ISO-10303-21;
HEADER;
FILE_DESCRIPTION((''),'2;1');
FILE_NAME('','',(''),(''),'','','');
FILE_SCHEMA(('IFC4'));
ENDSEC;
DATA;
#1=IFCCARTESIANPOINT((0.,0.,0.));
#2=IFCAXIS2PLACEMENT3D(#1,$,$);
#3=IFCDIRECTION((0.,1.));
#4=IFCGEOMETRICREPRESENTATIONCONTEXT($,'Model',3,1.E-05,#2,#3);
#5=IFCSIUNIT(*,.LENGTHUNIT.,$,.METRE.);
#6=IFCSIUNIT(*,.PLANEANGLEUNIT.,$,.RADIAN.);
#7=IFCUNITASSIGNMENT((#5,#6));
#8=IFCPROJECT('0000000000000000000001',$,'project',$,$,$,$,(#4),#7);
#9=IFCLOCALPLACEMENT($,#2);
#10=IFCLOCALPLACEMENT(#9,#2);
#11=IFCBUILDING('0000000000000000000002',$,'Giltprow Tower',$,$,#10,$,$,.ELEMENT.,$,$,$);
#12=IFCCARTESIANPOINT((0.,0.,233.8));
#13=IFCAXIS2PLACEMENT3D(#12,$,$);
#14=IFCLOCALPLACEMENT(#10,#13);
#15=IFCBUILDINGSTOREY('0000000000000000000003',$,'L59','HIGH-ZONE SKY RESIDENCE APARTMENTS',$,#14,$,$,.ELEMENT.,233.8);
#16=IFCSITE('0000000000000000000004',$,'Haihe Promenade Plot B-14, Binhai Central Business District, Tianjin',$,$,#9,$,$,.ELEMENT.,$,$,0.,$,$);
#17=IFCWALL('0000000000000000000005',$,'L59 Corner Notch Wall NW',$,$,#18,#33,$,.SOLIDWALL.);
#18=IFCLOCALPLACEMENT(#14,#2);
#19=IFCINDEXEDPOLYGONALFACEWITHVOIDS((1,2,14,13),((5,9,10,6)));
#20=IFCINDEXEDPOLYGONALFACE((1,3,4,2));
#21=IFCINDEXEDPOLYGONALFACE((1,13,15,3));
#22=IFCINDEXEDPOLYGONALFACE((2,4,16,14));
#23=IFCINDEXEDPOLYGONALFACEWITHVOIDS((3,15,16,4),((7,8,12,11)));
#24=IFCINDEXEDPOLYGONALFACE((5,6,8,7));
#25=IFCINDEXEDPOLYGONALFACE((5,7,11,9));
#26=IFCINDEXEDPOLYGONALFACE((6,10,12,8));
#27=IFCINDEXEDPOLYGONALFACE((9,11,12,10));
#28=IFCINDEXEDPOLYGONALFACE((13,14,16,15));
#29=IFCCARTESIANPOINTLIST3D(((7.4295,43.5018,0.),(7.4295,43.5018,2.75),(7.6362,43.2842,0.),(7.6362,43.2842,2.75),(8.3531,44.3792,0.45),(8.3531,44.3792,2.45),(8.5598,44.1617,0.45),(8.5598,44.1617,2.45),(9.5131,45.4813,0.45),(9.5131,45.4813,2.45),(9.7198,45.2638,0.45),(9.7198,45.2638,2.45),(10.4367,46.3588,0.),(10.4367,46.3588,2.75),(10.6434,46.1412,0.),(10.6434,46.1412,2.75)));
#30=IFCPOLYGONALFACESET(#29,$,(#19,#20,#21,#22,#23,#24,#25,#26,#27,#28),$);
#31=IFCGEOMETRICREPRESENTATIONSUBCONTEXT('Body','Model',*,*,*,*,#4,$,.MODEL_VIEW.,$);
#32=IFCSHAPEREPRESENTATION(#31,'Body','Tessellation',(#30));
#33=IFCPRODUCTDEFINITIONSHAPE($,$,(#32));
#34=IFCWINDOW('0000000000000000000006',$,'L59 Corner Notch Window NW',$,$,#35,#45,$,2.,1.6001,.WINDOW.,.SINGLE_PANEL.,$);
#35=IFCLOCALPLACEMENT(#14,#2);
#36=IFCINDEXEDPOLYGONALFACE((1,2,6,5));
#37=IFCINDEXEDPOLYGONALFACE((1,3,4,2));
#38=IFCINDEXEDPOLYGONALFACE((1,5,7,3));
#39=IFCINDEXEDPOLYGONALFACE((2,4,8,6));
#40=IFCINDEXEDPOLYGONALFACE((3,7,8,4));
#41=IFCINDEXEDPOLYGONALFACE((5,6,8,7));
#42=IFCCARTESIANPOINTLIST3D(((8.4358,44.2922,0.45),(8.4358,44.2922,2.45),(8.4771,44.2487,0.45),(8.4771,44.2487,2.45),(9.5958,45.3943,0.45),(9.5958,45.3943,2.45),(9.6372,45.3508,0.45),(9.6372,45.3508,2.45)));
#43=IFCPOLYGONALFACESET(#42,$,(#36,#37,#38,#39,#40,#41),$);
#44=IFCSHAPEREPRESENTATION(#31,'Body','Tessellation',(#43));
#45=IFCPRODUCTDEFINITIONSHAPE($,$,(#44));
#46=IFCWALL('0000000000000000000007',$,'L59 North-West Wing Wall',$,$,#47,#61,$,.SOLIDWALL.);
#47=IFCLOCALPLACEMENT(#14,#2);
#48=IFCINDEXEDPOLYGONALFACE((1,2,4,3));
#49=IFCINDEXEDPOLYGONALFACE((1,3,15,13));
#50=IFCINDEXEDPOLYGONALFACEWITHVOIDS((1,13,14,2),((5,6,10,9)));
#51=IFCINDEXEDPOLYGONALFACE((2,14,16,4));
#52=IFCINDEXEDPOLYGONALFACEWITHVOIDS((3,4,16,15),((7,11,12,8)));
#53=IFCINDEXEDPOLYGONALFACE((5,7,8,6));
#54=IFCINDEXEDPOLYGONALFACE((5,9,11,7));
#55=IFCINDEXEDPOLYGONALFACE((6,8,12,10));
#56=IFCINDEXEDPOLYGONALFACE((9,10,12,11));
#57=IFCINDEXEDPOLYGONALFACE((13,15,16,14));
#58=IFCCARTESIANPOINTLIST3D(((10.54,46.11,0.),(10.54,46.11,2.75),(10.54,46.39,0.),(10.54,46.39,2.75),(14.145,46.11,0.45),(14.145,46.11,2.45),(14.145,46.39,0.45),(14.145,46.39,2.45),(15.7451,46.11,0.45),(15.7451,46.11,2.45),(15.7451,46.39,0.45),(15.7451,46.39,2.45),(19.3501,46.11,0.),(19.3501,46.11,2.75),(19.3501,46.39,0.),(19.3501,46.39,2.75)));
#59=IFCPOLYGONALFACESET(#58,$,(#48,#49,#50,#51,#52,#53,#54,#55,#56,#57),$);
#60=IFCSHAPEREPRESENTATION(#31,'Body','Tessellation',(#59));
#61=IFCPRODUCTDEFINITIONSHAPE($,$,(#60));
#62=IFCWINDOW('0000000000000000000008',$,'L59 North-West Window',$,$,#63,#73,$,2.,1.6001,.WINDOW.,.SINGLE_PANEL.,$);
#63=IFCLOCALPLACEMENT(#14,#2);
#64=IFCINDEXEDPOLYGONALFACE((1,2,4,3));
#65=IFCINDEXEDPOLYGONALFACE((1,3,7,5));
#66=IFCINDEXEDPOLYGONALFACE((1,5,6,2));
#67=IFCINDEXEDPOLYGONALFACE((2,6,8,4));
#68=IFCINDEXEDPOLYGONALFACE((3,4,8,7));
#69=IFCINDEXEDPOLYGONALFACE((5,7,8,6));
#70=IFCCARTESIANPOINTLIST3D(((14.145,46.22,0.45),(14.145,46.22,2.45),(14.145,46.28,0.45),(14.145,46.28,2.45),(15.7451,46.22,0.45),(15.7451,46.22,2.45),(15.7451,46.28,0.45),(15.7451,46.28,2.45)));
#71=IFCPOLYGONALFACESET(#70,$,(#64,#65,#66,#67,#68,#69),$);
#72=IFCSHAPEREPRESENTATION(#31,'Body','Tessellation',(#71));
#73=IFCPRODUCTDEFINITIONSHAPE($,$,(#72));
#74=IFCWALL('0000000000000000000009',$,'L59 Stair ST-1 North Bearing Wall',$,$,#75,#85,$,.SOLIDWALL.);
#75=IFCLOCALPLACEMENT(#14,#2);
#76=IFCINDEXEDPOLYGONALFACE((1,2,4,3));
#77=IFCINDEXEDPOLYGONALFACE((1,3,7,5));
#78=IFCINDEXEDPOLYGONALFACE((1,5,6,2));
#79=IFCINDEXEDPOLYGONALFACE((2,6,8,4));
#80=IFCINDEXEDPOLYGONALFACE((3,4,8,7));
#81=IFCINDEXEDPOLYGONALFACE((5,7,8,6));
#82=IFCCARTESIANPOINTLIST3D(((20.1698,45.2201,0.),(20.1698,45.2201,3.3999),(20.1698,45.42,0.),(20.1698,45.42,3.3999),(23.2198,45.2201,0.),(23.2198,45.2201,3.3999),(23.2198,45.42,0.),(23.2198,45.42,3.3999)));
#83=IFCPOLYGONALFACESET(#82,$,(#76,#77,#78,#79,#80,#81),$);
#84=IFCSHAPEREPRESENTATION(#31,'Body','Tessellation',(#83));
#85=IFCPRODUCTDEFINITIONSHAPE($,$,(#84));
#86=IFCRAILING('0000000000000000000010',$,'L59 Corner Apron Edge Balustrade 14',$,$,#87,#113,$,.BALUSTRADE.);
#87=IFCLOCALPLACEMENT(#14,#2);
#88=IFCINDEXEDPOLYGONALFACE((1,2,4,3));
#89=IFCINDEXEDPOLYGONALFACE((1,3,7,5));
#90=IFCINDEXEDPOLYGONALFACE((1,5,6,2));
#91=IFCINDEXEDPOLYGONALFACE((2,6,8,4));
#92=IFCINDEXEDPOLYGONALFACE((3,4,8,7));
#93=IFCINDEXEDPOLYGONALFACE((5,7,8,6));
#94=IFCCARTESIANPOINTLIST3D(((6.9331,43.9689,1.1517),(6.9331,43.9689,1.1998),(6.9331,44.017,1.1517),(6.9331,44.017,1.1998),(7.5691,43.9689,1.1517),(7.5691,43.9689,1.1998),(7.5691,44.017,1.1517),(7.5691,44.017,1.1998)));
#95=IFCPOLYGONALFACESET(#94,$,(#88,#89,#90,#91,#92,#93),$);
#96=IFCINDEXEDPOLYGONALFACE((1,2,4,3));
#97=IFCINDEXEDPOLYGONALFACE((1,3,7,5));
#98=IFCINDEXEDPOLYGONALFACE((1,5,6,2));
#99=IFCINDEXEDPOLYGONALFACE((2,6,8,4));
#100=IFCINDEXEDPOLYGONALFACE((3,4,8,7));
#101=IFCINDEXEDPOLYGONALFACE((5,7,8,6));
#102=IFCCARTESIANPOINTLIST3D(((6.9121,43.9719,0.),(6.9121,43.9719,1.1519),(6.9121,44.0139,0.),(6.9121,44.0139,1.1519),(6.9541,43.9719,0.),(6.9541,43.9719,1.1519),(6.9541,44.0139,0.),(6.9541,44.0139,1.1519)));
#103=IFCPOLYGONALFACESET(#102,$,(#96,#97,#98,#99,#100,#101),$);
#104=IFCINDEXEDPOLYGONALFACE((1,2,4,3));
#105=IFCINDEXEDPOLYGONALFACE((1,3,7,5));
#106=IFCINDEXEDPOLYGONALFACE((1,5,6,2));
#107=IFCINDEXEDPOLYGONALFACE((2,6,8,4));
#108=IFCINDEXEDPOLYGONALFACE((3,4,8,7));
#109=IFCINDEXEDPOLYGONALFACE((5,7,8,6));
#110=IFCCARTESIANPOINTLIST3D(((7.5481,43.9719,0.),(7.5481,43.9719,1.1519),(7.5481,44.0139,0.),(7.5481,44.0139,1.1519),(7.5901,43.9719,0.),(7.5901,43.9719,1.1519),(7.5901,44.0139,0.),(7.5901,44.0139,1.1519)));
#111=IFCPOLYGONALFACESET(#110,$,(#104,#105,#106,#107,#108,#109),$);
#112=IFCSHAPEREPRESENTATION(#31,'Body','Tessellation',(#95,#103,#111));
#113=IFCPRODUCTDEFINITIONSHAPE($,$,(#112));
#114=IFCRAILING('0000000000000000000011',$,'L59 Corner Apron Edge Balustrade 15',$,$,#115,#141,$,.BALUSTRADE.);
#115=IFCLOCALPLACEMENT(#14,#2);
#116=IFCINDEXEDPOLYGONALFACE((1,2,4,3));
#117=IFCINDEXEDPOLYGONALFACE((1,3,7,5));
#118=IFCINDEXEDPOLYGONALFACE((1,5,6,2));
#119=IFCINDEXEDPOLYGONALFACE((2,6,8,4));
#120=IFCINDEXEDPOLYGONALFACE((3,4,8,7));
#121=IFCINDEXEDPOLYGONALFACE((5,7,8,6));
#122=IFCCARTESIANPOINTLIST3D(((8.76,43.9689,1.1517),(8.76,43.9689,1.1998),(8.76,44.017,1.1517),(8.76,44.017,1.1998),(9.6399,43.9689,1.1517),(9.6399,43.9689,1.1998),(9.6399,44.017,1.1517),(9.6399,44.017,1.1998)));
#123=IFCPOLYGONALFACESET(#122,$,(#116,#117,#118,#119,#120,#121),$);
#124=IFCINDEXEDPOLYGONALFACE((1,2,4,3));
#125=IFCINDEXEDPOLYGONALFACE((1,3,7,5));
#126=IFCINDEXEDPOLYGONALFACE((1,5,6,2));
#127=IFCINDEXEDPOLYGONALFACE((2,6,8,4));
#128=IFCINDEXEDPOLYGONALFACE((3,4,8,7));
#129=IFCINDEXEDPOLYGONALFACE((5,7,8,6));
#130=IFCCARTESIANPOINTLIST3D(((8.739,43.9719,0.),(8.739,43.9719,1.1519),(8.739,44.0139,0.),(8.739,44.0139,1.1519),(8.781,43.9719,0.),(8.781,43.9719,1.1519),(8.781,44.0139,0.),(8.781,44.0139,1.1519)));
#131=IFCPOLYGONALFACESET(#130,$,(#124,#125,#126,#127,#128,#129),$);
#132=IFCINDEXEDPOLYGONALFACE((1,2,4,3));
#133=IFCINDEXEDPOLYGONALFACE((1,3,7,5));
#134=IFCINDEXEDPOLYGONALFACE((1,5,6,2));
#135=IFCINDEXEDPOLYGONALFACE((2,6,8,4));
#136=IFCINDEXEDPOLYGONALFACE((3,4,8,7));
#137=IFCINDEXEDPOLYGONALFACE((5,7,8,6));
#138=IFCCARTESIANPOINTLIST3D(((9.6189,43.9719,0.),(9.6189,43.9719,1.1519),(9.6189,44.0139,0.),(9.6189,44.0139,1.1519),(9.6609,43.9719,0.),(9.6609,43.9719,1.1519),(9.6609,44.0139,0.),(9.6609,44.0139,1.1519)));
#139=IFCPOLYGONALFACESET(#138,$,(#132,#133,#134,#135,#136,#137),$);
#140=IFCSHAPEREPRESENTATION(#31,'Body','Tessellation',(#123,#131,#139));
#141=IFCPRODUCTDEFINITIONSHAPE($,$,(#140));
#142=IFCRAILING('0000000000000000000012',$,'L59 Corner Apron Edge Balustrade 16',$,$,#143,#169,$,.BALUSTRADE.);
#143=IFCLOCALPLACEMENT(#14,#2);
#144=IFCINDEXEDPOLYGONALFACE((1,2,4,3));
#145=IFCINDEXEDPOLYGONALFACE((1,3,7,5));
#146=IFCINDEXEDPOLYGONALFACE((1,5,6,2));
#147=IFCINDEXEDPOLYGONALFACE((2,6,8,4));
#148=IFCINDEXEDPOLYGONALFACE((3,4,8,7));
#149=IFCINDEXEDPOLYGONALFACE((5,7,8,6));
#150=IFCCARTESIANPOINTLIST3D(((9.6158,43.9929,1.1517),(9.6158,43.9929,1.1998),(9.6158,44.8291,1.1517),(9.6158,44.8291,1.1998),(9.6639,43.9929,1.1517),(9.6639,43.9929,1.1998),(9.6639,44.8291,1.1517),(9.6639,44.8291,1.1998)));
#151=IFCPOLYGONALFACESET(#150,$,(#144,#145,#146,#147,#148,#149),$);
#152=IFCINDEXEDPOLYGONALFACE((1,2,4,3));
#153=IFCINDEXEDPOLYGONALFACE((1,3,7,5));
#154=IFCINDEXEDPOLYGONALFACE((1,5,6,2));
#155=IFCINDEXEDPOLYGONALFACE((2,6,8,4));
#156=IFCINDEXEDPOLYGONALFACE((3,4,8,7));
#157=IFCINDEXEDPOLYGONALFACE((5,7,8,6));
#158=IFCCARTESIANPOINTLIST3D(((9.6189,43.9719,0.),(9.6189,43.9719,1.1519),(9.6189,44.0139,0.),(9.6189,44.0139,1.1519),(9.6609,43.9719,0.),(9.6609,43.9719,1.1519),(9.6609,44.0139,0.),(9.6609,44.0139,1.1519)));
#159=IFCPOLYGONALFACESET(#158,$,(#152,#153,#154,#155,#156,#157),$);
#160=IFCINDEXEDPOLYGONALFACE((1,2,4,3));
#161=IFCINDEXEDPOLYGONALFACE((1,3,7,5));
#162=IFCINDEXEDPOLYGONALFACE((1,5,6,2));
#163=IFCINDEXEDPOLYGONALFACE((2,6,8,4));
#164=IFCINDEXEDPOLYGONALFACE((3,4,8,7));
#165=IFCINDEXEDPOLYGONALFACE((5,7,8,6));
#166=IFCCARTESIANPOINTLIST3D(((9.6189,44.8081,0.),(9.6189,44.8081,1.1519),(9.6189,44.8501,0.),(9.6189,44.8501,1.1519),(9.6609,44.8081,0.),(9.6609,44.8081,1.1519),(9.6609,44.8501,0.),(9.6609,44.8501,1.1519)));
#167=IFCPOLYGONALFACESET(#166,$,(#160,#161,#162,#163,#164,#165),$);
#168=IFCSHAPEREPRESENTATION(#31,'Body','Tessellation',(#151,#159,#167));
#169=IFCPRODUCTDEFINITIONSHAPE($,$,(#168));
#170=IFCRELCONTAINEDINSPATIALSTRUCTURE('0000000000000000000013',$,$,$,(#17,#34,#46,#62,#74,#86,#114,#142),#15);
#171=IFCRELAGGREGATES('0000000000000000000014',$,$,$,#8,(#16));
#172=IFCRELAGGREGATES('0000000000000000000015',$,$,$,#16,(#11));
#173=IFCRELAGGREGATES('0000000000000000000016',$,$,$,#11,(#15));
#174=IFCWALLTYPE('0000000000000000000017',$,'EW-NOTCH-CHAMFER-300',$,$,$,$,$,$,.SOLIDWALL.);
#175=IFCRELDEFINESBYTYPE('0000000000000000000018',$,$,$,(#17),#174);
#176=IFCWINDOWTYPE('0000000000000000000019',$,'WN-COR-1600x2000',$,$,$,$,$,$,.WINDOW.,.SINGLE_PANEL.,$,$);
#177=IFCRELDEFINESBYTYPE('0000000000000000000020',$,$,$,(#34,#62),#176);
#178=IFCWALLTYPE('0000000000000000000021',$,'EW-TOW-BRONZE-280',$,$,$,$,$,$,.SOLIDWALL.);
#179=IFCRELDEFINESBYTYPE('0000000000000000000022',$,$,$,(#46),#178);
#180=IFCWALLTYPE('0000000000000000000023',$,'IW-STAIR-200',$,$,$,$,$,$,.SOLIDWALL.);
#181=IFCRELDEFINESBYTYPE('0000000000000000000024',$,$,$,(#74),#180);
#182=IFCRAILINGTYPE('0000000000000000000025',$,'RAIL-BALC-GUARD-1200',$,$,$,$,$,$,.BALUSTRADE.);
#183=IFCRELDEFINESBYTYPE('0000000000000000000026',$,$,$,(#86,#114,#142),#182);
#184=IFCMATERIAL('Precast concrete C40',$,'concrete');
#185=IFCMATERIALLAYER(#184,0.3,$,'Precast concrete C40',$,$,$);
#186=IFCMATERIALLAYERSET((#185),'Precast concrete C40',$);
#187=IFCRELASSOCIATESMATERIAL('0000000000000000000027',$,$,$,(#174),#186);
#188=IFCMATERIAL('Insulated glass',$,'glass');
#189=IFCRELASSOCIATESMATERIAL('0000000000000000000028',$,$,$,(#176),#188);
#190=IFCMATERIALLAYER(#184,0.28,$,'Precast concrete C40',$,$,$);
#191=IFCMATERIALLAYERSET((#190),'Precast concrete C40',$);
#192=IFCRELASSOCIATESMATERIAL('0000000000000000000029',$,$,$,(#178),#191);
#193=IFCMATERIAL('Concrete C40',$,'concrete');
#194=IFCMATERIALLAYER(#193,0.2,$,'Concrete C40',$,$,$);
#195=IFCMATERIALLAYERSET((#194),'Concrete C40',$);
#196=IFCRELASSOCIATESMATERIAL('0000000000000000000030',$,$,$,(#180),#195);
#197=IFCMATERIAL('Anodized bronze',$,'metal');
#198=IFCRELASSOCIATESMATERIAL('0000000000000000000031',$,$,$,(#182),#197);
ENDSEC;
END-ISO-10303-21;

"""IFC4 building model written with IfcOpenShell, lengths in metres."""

from ifc_helpers import new_model, si_unit, direction, frame, frame_2d, origin, origin_2d, place, context, subcontext, project, spatial, rectangle, extrude, source, transform, mapped, material, layer, layer_set, type_object, element, fill, save


model = new_model("IFC4")

# Units and contexts
model_context = context("Model", 3, precision=1e-05, world=origin(), true_north=direction((0.0, 1.0)))
body_context = subcontext(model_context, "Body", "Model", "MODEL_VIEW")
ifc_project = project(units=[si_unit("LENGTHUNIT", "METRE"), si_unit("PLANEANGLEUNIT", "RADIAN")], contexts=[model_context])

# Site, building, storey
site_placement = place(None, origin())
site = spatial("IfcSite", under=ifc_project, at=site_placement, Name="Haihe Promenade Plot B-14, Binhai Central Business District, Tianjin", CompositionType="ELEMENT", RefElevation=0.0)
building_placement = place(site_placement, origin())
building = spatial("IfcBuilding", under=site, at=building_placement, Name="Giltprow Tower", CompositionType="ELEMENT")
storey_placement = place(building_placement, frame((0.0, 0.0, 233.8)))
storey = spatial("IfcBuildingStorey", under=building, at=storey_placement, Name="L59", Description="HIGH-ZONE SKY RESIDENCE APARTMENTS", CompositionType="ELEMENT", Elevation=233.8)

# Walls, openings, windows
ifc_material_1 = material(Name="Precast concrete C40", Category="concrete")
ifc_layer_1 = layer(ifc_material_1, 0.3, Name="Precast concrete C40")
ifc_layer_set_1 = layer_set([ifc_layer_1], Name="Precast concrete C40")
wall_type_1 = type_object("IfcWallType", Name="EW-NOTCH-CHAMFER-300", PredefinedType="SOLIDWALL", material=ifc_layer_set_1)
wall_1_placement = place(storey_placement, frame((10.54, 46.25, 0.0), z_axis=(0.0, 0.0, 1.0), x_axis=(-0.724974, -0.688776, 0.0)))
wall_1 = element("IfcWall", 1, at=wall_1_placement, inside=storey, type_object=wall_type_1, Name="L59 Corner Notch Wall NW", PredefinedType="SOLIDWALL", context=body_context, shape_type="SweptSolid", body=[
    extrude(rectangle(XDim=4.1479, YDim=0.3, at=frame_2d((2.074, 0.0))), origin(), (0.0, 0.0, 1.0), 2.75),
])
opening_1_placement = place(wall_1_placement, frame((1.2739, 0.0, 0.45)))
opening_1 = element("IfcOpeningElement", 2, at=opening_1_placement, cuts=wall_1, PredefinedType="OPENING", context=body_context, shape_type="SweptSolid", body=[
    extrude(rectangle(XDim=1.6001, YDim=2.0, at=frame_2d((0.8, 1.0))), frame((0.0, 0.1599, 0.0), z_axis=(0.0, -1.0, 0.0), x_axis=(1.0, 0.0, 0.0)), (0.0, 0.0, 1.0), 0.3201),
])
ifc_material_2 = material(Name="Insulated glass", Category="glass")
window_type = type_object("IfcWindowType", Name="WN-COR-1600x2000", PartitioningType="SINGLE_PANEL", PredefinedType="WINDOW", material=ifc_material_2)
shared_shape_1 = source(origin(), body_context, "Body", "SweptSolid", [
    extrude(rectangle(XDim=1.6001, YDim=2.0, at=frame_2d((0.8, 1.0))), frame((0.0, 0.03, 0.0), z_axis=(0.0, -1.0, 0.0), x_axis=(1.0, 0.0, 0.0)), (0.0, 0.0, 1.0), 0.0601),
])
window_1_placement = place(opening_1_placement, origin())
window_1 = element("IfcWindow", 3, at=window_1_placement, inside=storey, type_object=window_type, Name="L59 Corner Notch Window NW", OverallHeight=2.0, OverallWidth=1.6001, PartitioningType="SINGLE_PANEL", PredefinedType="WINDOW", context=body_context, shape_type="MappedRepresentation", body=[
    mapped(shared_shape_1, transform((0.0, 0.0, 0.0), x_axis=(1.0, 0.0, 0.0), y_axis=(0.0, 1.0, 0.0), z_axis=(0.0, 0.0, 1.0), scale=1.0)),
])
fill(opening_1, window_1)
ifc_layer_2 = layer(ifc_material_1, 0.28, Name="Precast concrete C40")
ifc_layer_set_2 = layer_set([ifc_layer_2], Name="Precast concrete C40")
wall_type_2 = type_object("IfcWallType", Name="EW-TOW-BRONZE-280", PredefinedType="SOLIDWALL", material=ifc_layer_set_2)
wall_2_placement = place(storey_placement, frame((10.54, 46.25, 0.0), z_axis=(0.0, 0.0, 1.0), x_axis=(1.0, 0.0, 0.0)))
wall_2 = element("IfcWall", 4, at=wall_2_placement, inside=storey, type_object=wall_type_2, Name="L59 North-West Wing Wall", PredefinedType="SOLIDWALL", context=body_context, shape_type="SweptSolid", body=[
    extrude(rectangle(XDim=8.8101, YDim=0.28, at=frame_2d((4.405, 0.0))), origin(), (0.0, 0.0, 1.0), 2.75),
])
opening_2_placement = place(wall_2_placement, frame((3.605, 0.0, 0.45)))
opening_2 = element("IfcOpeningElement", 5, at=opening_2_placement, cuts=wall_2, PredefinedType="OPENING", context=body_context, shape_type="SweptSolid", body=[
    extrude(rectangle(XDim=1.6001, YDim=2.0, at=frame_2d((0.8, 1.0))), frame((0.0, 0.1499, 0.0), z_axis=(0.0, -1.0, 0.0), x_axis=(1.0, 0.0, 0.0)), (0.0, 0.0, 1.0), 0.3),
])
window_2_placement = place(opening_2_placement, origin())
window_2 = element("IfcWindow", 6, at=window_2_placement, inside=storey, type_object=window_type, Name="L59 North-West Window", OverallHeight=2.0, OverallWidth=1.6001, PartitioningType="SINGLE_PANEL", PredefinedType="WINDOW", context=body_context, shape_type="MappedRepresentation", body=[
    mapped(shared_shape_1, transform((0.0, 0.0, 0.0), x_axis=(1.0, 0.0, 0.0), y_axis=(0.0, 1.0, 0.0), z_axis=(0.0, 0.0, 1.0), scale=1.0)),
])
fill(opening_2, window_2)

# Wall
ifc_material_3 = material(Name="Concrete C40", Category="concrete")
ifc_layer_3 = layer(ifc_material_3, 0.2, Name="Concrete C40")
ifc_layer_set_3 = layer_set([ifc_layer_3], Name="Concrete C40")
wall_type_3 = type_object("IfcWallType", Name="IW-STAIR-200", PredefinedType="SOLIDWALL", material=ifc_layer_set_3)
wall_3_placement = place(storey_placement, frame((20.1699, 45.3201, 0.0), z_axis=(0.0, 0.0, 1.0), x_axis=(1.0, 0.0, 0.0)))
element("IfcWall", 7, at=wall_3_placement, inside=storey, type_object=wall_type_3, Name="L59 Stair ST-1 North Bearing Wall", PredefinedType="SOLIDWALL", context=body_context, shape_type="SweptSolid", body=[
    extrude(rectangle(XDim=3.05, YDim=0.2, at=frame_2d((1.5249, 0.0))), origin(), (0.0, 0.0, 1.0), 3.3999),
])

# Railings
ifc_material_4 = material(Name="Anodized bronze", Category="metal")
railing_type_1 = type_object("IfcRailingType", Name="RAIL-BALC-GUARD-1200", PredefinedType="BALUSTRADE", material=ifc_material_4)
railing_1_placement = place(storey_placement, frame((6.9331, 43.9929, 0.0)))
element("IfcRailing", 8, at=railing_1_placement, inside=storey, type_object=railing_type_1, Name="L59 Corner Apron Edge Balustrade 14", PredefinedType="BALUSTRADE", context=body_context, shape_type="SweptSolid", body=[
    extrude(rectangle(XDim=0.0481, YDim=0.0481, at=origin_2d()), frame((0.0, 0.0, 1.1758), z_axis=(1.0, 0.0, 0.0), x_axis=(0.0, 1.0, 0.0)), (0.0, 0.0, 1.0), 0.636),
    extrude(rectangle(XDim=0.042, YDim=0.042, at=origin_2d()), origin(), (0.0, 0.0, 1.0), 1.1519),
    extrude(rectangle(XDim=0.042, YDim=0.042, at=origin_2d()), frame((0.636, 0.0, 0.0)), (0.0, 0.0, 1.0), 1.1519),
])
railing_2_placement = place(storey_placement, frame((8.76, 43.9929, 0.0)))
element("IfcRailing", 9, at=railing_2_placement, inside=storey, type_object=railing_type_1, Name="L59 Corner Apron Edge Balustrade 15", PredefinedType="BALUSTRADE", context=body_context, shape_type="SweptSolid", body=[
    extrude(rectangle(XDim=0.0481, YDim=0.0481, at=origin_2d()), frame((0.0, 0.0, 1.1758), z_axis=(1.0, 0.0, 0.0), x_axis=(0.0, 1.0, 0.0)), (0.0, 0.0, 1.0), 0.8799),
    extrude(rectangle(XDim=0.042, YDim=0.042, at=origin_2d()), origin(), (0.0, 0.0, 1.0), 1.1519),
    extrude(rectangle(XDim=0.042, YDim=0.042, at=origin_2d()), frame((0.8799, 0.0, 0.0)), (0.0, 0.0, 1.0), 1.1519),
])
railing_3_placement = place(storey_placement, frame((9.6399, 43.9929, 0.0)))
element("IfcRailing", 10, at=railing_3_placement, inside=storey, type_object=railing_type_1, Name="L59 Corner Apron Edge Balustrade 16", PredefinedType="BALUSTRADE", context=body_context, shape_type="SweptSolid", body=[
    extrude(rectangle(XDim=0.0481, YDim=0.0481, at=origin_2d()), frame((0.0, 0.0, 1.1758), z_axis=(0.0, 1.0, 0.0), x_axis=(-1.0, 0.0, 0.0)), (0.0, 0.0, 1.0), 0.8362),
    extrude(rectangle(XDim=0.042, YDim=0.042, at=origin_2d()), origin(), (0.0, 0.0, 1.0), 1.1519),
    extrude(rectangle(XDim=0.042, YDim=0.042, at=origin_2d()), frame((0.0, 0.8362, 0.0)), (0.0, 0.0, 1.0), 1.1519),
])

save(model, "model.ifc")
